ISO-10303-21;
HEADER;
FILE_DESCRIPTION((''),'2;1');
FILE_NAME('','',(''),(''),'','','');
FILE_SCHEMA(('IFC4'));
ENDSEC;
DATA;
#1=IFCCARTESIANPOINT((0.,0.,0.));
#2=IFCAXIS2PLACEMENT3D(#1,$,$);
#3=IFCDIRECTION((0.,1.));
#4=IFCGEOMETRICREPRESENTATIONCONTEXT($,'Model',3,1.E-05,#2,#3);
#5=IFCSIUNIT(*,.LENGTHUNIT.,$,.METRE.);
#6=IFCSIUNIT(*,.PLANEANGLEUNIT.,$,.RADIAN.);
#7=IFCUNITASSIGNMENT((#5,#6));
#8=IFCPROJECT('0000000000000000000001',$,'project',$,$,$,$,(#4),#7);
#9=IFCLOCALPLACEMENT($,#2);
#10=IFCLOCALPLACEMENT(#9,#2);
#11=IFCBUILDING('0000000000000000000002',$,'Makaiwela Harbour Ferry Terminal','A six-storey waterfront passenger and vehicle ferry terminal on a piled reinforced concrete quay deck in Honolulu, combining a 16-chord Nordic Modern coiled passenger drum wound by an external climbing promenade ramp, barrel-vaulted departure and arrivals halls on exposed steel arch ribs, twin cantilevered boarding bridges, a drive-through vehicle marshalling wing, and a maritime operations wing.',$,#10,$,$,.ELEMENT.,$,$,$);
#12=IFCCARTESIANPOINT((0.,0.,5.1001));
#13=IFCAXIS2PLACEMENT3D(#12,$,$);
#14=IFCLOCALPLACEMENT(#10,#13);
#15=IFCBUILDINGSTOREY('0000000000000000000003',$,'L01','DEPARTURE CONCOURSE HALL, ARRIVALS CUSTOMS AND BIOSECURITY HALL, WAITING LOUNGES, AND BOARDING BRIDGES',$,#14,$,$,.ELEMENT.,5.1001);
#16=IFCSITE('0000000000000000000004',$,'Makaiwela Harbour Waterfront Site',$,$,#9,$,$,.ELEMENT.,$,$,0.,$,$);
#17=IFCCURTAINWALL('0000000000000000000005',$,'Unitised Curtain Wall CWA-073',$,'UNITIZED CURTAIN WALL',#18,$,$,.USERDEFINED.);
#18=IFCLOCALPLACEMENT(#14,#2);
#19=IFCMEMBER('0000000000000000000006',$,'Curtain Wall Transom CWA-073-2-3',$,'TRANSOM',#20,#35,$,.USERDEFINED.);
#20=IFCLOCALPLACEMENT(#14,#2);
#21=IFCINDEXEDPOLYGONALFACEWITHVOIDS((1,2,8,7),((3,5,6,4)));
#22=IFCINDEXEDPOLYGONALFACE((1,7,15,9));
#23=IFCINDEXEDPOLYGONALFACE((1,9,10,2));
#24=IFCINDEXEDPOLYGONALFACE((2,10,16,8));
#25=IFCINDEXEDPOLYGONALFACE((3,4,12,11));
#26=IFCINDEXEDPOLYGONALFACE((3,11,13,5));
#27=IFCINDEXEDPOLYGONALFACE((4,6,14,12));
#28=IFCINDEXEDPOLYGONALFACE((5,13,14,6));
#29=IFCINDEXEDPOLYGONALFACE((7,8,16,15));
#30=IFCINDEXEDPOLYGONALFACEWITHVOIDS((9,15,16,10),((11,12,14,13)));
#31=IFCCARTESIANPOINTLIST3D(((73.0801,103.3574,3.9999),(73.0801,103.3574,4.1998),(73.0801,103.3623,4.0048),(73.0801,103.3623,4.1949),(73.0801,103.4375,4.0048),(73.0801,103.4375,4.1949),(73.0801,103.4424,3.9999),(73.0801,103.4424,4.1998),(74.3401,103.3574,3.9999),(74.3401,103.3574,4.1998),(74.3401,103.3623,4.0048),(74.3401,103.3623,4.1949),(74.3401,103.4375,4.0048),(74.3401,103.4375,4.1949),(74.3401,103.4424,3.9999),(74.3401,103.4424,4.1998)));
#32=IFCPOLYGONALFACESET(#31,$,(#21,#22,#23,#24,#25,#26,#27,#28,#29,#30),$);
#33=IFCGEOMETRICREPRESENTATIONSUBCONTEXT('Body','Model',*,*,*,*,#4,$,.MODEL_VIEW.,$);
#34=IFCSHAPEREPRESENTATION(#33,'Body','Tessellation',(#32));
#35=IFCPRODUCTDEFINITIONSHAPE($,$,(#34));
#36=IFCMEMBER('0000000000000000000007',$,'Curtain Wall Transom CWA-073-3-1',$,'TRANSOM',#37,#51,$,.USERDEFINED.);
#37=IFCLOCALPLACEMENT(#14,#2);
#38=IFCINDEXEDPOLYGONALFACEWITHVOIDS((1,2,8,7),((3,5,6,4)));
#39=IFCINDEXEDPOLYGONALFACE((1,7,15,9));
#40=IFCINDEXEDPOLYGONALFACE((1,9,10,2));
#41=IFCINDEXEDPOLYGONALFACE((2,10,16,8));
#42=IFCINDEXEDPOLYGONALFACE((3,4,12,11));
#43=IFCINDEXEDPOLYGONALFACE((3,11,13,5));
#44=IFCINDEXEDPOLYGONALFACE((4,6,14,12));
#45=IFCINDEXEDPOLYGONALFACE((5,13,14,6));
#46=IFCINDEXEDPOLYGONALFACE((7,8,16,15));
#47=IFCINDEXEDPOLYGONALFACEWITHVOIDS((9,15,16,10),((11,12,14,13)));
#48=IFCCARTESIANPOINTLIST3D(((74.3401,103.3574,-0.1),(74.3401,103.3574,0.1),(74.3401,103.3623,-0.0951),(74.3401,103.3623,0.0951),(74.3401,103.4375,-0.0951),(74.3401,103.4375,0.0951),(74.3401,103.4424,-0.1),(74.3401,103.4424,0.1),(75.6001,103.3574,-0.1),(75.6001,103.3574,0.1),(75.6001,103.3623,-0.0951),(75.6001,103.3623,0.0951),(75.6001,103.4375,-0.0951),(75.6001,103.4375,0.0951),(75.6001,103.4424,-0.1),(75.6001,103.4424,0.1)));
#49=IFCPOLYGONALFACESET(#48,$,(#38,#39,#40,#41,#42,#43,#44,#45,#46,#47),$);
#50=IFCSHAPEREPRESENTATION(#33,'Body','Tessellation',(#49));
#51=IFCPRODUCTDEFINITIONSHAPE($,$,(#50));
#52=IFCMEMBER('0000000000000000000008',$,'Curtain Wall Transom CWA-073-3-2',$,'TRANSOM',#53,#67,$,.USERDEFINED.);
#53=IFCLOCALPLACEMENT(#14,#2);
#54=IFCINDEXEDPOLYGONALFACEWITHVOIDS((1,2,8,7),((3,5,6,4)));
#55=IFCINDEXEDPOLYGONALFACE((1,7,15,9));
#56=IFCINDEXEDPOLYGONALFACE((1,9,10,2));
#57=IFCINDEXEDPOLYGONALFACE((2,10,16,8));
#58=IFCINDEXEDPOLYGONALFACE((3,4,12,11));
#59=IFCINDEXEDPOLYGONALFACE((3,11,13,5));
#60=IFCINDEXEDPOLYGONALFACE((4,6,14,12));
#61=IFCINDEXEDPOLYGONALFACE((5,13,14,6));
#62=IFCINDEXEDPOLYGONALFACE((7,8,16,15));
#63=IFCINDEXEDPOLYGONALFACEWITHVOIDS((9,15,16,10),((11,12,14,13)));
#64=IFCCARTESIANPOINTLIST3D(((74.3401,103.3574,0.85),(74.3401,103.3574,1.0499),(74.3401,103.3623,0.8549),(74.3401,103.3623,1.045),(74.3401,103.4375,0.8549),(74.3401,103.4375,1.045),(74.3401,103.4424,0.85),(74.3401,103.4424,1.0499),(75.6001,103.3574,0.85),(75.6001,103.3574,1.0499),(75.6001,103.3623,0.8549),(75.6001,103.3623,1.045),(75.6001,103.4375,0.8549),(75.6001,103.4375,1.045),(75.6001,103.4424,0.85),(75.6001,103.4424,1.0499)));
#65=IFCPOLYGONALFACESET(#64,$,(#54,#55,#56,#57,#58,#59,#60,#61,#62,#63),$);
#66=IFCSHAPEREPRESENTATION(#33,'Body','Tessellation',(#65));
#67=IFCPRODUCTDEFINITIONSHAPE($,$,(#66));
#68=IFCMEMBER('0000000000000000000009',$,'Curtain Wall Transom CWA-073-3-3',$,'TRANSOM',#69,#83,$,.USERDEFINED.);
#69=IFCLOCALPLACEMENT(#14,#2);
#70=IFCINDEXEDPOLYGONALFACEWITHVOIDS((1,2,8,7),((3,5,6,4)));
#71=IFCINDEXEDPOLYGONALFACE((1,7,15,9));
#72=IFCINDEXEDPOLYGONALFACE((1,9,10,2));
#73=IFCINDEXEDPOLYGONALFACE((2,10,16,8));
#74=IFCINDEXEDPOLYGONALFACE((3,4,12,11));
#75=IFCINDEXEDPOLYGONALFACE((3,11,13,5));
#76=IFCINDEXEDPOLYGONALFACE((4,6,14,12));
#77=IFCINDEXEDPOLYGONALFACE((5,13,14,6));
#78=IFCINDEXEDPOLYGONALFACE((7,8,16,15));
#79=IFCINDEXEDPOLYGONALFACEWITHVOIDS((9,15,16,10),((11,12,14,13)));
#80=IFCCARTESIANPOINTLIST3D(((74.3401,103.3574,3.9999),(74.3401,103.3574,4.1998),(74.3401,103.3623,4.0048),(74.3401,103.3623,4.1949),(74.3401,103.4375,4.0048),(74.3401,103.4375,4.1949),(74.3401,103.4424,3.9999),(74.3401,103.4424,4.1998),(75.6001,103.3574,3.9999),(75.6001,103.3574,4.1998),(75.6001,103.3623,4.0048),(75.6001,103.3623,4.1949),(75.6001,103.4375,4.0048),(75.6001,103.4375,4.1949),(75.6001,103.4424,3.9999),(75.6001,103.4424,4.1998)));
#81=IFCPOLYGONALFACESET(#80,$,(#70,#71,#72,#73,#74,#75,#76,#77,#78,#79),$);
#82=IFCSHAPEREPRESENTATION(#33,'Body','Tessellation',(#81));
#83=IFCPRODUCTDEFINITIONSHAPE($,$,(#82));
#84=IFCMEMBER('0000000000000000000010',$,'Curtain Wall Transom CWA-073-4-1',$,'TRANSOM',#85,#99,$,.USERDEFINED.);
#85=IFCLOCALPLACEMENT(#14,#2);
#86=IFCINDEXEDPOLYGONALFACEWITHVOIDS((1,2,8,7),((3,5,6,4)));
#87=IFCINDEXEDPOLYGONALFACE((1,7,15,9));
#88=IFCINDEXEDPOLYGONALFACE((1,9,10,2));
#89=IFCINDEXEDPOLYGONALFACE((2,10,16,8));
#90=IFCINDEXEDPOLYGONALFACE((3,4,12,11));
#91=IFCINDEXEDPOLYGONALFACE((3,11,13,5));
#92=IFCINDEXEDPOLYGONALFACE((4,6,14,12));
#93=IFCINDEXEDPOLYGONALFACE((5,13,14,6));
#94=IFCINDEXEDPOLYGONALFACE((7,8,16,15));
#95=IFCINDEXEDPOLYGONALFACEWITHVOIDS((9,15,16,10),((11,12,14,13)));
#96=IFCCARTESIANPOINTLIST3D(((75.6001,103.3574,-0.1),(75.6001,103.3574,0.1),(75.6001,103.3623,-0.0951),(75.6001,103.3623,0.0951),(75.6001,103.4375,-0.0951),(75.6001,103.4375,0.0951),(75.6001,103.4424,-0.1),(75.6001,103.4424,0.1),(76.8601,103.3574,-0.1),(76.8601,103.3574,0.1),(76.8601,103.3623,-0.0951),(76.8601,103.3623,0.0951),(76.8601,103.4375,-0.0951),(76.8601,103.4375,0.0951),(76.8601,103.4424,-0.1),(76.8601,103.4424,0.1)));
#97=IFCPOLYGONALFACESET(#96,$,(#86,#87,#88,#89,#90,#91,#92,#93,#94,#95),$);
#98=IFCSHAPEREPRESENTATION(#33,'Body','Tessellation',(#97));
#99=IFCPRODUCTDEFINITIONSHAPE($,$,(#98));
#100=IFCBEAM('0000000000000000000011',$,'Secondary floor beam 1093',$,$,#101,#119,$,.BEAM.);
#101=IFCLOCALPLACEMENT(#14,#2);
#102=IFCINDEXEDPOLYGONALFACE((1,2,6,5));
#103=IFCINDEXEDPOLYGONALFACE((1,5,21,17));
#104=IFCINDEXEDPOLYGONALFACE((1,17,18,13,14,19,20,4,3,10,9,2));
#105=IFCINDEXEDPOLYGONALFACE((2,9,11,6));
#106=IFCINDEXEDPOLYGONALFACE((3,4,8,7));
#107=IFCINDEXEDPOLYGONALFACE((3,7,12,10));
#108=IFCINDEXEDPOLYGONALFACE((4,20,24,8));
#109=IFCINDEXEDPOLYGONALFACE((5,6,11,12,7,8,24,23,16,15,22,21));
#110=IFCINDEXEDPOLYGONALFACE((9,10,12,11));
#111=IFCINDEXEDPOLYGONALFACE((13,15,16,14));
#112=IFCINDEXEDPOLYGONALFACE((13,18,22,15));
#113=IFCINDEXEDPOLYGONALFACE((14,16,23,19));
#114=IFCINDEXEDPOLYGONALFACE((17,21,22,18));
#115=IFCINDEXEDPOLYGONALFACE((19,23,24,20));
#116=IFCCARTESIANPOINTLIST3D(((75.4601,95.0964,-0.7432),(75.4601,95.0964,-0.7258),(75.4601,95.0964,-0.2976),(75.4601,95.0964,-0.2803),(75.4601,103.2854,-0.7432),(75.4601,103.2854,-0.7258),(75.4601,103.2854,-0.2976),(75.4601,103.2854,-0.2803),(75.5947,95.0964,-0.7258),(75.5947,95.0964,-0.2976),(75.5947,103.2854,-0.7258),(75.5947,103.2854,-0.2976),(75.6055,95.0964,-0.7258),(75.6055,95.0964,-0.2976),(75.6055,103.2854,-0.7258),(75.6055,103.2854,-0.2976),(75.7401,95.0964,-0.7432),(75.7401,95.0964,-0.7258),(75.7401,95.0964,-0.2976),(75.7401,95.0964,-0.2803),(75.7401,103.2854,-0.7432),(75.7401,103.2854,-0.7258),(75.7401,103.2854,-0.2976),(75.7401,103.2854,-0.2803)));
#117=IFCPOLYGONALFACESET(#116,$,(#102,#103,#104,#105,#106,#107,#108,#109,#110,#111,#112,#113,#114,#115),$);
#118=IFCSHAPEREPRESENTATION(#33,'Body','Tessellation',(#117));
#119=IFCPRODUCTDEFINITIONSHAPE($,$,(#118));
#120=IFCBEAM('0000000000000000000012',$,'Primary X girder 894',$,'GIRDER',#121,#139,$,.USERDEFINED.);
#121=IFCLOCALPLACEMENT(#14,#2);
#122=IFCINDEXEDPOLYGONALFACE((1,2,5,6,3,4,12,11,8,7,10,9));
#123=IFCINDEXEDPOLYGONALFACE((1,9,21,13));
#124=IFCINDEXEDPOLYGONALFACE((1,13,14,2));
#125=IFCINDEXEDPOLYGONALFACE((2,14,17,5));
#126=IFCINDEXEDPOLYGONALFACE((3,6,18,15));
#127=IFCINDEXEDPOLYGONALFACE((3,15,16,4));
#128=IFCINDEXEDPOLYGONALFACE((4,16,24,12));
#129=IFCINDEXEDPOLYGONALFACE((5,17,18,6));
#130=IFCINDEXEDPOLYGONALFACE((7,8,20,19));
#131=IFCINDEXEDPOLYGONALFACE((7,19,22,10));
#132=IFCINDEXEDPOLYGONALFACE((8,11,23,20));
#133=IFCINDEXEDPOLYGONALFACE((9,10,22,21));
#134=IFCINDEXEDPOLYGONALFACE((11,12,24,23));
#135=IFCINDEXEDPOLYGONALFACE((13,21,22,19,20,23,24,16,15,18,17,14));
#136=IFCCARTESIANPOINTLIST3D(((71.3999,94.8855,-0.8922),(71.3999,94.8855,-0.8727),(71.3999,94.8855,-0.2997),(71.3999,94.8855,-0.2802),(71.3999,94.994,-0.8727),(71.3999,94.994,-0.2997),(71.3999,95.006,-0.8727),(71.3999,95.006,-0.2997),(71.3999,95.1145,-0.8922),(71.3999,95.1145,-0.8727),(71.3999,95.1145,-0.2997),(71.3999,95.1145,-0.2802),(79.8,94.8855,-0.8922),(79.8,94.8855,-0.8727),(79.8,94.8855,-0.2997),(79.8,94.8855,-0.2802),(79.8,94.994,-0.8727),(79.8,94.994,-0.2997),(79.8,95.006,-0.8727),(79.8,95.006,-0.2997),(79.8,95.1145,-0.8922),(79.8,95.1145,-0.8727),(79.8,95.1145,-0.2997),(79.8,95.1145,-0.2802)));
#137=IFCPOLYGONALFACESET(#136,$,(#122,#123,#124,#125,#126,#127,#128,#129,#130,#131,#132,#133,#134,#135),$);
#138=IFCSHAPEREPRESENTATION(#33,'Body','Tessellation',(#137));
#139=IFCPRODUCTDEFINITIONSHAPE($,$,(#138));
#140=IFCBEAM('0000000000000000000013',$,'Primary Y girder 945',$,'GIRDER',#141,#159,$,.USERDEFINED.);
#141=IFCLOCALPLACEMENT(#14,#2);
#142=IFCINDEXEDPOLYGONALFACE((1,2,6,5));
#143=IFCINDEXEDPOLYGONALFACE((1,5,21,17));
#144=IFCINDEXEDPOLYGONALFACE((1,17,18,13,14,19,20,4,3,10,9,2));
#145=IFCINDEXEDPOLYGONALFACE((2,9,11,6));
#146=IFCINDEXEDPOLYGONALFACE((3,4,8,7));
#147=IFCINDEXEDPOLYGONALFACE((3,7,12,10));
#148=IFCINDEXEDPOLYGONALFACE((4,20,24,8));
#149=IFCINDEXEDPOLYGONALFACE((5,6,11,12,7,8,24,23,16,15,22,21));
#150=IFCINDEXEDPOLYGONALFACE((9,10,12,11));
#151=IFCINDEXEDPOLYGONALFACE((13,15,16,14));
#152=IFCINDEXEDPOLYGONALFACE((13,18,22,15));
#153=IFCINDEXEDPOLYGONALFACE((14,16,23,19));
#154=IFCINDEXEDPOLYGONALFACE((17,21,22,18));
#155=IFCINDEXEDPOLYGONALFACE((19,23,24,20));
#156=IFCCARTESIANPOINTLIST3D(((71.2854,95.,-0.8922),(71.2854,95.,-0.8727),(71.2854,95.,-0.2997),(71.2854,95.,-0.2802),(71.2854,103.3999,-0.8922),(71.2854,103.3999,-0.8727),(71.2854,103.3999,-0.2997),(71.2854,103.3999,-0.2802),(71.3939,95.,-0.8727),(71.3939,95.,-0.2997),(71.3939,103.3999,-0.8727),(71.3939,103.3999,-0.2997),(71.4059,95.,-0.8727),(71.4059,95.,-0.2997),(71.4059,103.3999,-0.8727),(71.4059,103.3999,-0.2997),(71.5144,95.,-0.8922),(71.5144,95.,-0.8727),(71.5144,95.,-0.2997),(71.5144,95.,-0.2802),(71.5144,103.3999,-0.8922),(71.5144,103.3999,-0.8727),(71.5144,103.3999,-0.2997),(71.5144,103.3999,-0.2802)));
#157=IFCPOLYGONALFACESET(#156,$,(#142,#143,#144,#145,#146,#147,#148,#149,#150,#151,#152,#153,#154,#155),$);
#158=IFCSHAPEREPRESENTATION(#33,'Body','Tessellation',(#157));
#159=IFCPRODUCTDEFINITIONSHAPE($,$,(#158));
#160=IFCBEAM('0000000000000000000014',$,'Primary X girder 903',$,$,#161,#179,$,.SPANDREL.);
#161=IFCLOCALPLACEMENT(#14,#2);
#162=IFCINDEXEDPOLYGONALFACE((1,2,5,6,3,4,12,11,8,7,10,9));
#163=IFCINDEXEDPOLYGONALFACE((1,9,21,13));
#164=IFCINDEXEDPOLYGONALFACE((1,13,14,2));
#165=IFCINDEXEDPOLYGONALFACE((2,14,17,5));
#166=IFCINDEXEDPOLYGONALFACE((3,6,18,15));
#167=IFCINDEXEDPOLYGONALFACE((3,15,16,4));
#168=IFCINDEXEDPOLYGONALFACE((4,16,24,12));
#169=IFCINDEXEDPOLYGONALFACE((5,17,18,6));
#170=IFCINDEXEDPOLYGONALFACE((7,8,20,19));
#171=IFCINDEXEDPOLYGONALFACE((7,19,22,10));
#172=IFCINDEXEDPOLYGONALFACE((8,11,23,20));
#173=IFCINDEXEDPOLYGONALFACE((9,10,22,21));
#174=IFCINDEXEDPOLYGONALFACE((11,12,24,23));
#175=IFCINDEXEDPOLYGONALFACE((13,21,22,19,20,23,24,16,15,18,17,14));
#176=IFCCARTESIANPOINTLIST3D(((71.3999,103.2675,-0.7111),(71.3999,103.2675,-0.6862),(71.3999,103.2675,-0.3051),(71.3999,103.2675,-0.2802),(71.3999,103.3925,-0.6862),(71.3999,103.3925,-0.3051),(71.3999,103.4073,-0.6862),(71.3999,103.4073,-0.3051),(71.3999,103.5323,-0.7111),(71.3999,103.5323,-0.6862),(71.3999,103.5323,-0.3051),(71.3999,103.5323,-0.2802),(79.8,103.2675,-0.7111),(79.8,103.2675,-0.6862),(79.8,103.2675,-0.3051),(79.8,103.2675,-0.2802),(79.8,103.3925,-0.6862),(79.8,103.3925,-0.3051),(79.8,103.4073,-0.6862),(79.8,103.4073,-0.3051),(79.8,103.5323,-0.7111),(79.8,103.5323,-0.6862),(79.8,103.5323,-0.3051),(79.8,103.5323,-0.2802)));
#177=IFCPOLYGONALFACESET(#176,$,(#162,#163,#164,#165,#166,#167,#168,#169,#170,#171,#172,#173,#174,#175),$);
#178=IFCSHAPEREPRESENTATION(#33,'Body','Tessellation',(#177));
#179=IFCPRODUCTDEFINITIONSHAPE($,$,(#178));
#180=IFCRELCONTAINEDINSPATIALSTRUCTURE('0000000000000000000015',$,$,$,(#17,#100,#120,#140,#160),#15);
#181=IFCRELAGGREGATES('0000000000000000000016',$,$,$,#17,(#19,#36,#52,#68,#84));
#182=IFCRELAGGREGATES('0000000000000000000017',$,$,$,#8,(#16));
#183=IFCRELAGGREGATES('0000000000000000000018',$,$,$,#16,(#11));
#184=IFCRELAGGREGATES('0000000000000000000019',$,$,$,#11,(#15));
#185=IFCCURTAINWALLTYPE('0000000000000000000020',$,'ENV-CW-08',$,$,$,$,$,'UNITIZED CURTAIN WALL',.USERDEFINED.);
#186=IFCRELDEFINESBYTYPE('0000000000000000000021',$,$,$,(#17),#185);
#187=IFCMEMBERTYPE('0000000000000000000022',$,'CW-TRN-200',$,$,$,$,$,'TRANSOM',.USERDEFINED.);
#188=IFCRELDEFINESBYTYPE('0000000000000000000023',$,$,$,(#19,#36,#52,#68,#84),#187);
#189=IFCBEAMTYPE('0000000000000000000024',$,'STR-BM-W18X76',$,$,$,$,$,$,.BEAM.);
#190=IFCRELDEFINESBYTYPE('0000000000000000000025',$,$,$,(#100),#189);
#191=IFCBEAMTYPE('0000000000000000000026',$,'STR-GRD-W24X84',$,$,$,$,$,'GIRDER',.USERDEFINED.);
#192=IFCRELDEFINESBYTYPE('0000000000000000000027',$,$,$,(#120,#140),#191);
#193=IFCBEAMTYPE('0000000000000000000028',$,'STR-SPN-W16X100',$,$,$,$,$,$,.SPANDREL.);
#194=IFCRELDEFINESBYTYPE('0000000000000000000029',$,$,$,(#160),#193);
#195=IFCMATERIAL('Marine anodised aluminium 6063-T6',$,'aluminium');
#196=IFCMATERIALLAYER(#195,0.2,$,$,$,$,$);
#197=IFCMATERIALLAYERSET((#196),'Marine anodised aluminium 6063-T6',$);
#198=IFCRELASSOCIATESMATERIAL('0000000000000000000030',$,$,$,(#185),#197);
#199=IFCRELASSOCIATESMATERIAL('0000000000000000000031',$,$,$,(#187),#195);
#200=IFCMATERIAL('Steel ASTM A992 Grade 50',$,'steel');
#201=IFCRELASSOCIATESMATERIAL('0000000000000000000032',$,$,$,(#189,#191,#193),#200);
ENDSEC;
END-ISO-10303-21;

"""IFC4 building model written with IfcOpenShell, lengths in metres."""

from ifc_helpers import new_model, si_unit, direction, frame, origin, origin_2d, place, context, subcontext, project, spatial, hollow_rectangle, i_section, extrude, material, layer, layer_set, material_profile, profile_set, type_object, element, aggregate, save


model = new_model("IFC4")

# Units and contexts
model_context = context("Model", 3, precision=1e-05, world=origin(), true_north=direction((0.0, 1.0)))
body_context = subcontext(model_context, "Body", "Model", "MODEL_VIEW")
ifc_project = project(units=[si_unit("LENGTHUNIT", "METRE"), si_unit("PLANEANGLEUNIT", "RADIAN")], contexts=[model_context])

# Site, building, storey
site_placement = place(None, origin())
site = spatial("IfcSite", under=ifc_project, at=site_placement, Name="Makaiwela Harbour Waterfront Site", CompositionType="ELEMENT", RefElevation=0.0)
building_placement = place(site_placement, origin())
building = spatial("IfcBuilding", under=site, at=building_placement, Name="Makaiwela Harbour Ferry Terminal", Description="A six-storey waterfront passenger and vehicle ferry terminal on a piled reinforced concrete quay deck in Honolulu, combining a 16-chord Nordic Modern coiled passenger drum wound by an external climbing promenade ramp, barrel-vaulted departure and arrivals halls on exposed steel arch ribs, twin cantilevered boarding bridges, a drive-through vehicle marshalling wing, and a maritime operations wing.", CompositionType="ELEMENT")
storey_placement = place(building_placement, frame((0.0, 0.0, 5.1001)))
storey = spatial("IfcBuildingStorey", under=building, at=storey_placement, Name="L01", Description="DEPARTURE CONCOURSE HALL, ARRIVALS CUSTOMS AND BIOSECURITY HALL, WAITING LOUNGES, AND BOARDING BRIDGES", CompositionType="ELEMENT", Elevation=5.1001)

# Shared definitions
ifc_material_1 = material(Name="Steel ASTM A992 Grade 50", Category="steel")

# Curtain wall, members
ifc_material_2 = material(Name="Marine anodised aluminium 6063-T6", Category="aluminium")
ifc_layer_1 = layer(ifc_material_2, 0.2)
ifc_layer_set_1 = layer_set([ifc_layer_1], Name="Marine anodised aluminium 6063-T6")
curtain_wall_type = type_object("IfcCurtainWallType", Name="ENV-CW-08", ElementType="UNITIZED CURTAIN WALL", PredefinedType="USERDEFINED", material=ifc_layer_set_1)
curtain_wall_placement = place(storey_placement, origin())
curtain_wall = element("IfcCurtainWall", 1, at=curtain_wall_placement, inside=storey, type_object=curtain_wall_type, Name="Unitised Curtain Wall CWA-073", ObjectType="UNITIZED CURTAIN WALL", PredefinedType="USERDEFINED")
ifc_material_profile_1 = material_profile(ifc_material_2, hollow_rectangle(XDim=0.085, YDim=0.2, WallThickness=0.0049, at=origin_2d()), Name="CWT-200X85")
ifc_profile_set_1 = profile_set([ifc_material_profile_1], Name="Marine anodised aluminium 6063-T6")
member_type_1 = type_object("IfcMemberType", Name="CW-TRN-200", ElementType="TRANSOM", PredefinedType="USERDEFINED", material=ifc_profile_set_1)
member_1_placement = place(storey_placement, frame((73.0801, 103.3999, 4.0999), z_axis=(1.0, 0.0, 0.0), x_axis=(0.0, 1.0, 0.0)))
member_1 = element("IfcMember", 2, at=member_1_placement, type_object=member_type_1, Name="Curtain Wall Transom CWA-073-2-3", ObjectType="TRANSOM", PredefinedType="USERDEFINED", context=body_context, shape_type="SweptSolid", body=[
    extrude(hollow_rectangle(XDim=0.085, YDim=0.2, WallThickness=0.0049, at=origin_2d()), origin(), (0.0, 0.0, 1.0), 1.26),
])
member_2_placement = place(storey_placement, frame((74.3401, 103.3999, 0.0), z_axis=(1.0, 0.0, 0.0), x_axis=(0.0, 1.0, 0.0)))
member_2 = element("IfcMember", 3, at=member_2_placement, type_object=member_type_1, Name="Curtain Wall Transom CWA-073-3-1", ObjectType="TRANSOM", PredefinedType="USERDEFINED", context=body_context, shape_type="SweptSolid", body=[
    extrude(hollow_rectangle(XDim=0.085, YDim=0.2, WallThickness=0.0049, at=origin_2d()), origin(), (0.0, 0.0, 1.0), 1.26),
])
member_3_placement = place(storey_placement, frame((74.3401, 103.3999, 0.95), z_axis=(1.0, 0.0, 0.0), x_axis=(0.0, 1.0, 0.0)))
member_3 = element("IfcMember", 4, at=member_3_placement, type_object=member_type_1, Name="Curtain Wall Transom CWA-073-3-2", ObjectType="TRANSOM", PredefinedType="USERDEFINED", context=body_context, shape_type="SweptSolid", body=[
    extrude(hollow_rectangle(XDim=0.085, YDim=0.2, WallThickness=0.0049, at=origin_2d()), origin(), (0.0, 0.0, 1.0), 1.26),
])
member_4_placement = place(storey_placement, frame((74.3401, 103.3999, 4.0999), z_axis=(1.0, 0.0, 0.0), x_axis=(0.0, 1.0, 0.0)))
member_4 = element("IfcMember", 5, at=member_4_placement, type_object=member_type_1, Name="Curtain Wall Transom CWA-073-3-3", ObjectType="TRANSOM", PredefinedType="USERDEFINED", context=body_context, shape_type="SweptSolid", body=[
    extrude(hollow_rectangle(XDim=0.085, YDim=0.2, WallThickness=0.0049, at=origin_2d()), origin(), (0.0, 0.0, 1.0), 1.26),
])
member_5_placement = place(storey_placement, frame((75.6001, 103.3999, 0.0), z_axis=(1.0, 0.0, 0.0), x_axis=(0.0, 1.0, 0.0)))
member_5 = element("IfcMember", 6, at=member_5_placement, type_object=member_type_1, Name="Curtain Wall Transom CWA-073-4-1", ObjectType="TRANSOM", PredefinedType="USERDEFINED", context=body_context, shape_type="SweptSolid", body=[
    extrude(hollow_rectangle(XDim=0.085, YDim=0.2, WallThickness=0.0049, at=origin_2d()), origin(), (0.0, 0.0, 1.0), 1.26),
])

# Beams
ifc_material_profile_2 = material_profile(ifc_material_1, i_section(OverallWidth=0.28, OverallDepth=0.4629, WebThickness=0.0107, FlangeThickness=0.0173, at=origin_2d()), Name="W18X76")
ifc_profile_set_2 = profile_set([ifc_material_profile_2], Name="Steel ASTM A992 Grade 50")
beam_type_1 = type_object("IfcBeamType", Name="STR-BM-W18X76", PredefinedType="BEAM", material=ifc_profile_set_2)
beam_1_placement = place(storey_placement, frame((75.6001, 95.0964, -0.5117), z_axis=(0.0, 1.0, 0.0), x_axis=(-1.0, 0.0, 0.0)))
element("IfcBeam", 7, at=beam_1_placement, inside=storey, type_object=beam_type_1, Name="Secondary floor beam 1093", PredefinedType="BEAM", context=body_context, shape_type="SweptSolid", body=[
    extrude(i_section(OverallWidth=0.28, OverallDepth=0.4629, WebThickness=0.0107, FlangeThickness=0.0173, at=origin_2d()), origin(), (0.0, 0.0, 1.0), 8.189),
])
ifc_material_profile_3 = material_profile(ifc_material_1, i_section(OverallWidth=0.229, OverallDepth=0.6121, WebThickness=0.012, FlangeThickness=0.0195, at=origin_2d()), Name="W24X84")
ifc_profile_set_3 = profile_set([ifc_material_profile_3], Name="Steel ASTM A992 Grade 50")
beam_type_2 = type_object("IfcBeamType", Name="STR-GRD-W24X84", ElementType="GIRDER", PredefinedType="USERDEFINED", material=ifc_profile_set_3)
beam_2_placement = place(storey_placement, frame((71.3999, 95.0, -0.5862), z_axis=(1.0, 0.0, 0.0), x_axis=(0.0, 1.0, 0.0)))
element("IfcBeam", 8, at=beam_2_placement, inside=storey, type_object=beam_type_2, Name="Primary X girder 894", ObjectType="GIRDER", PredefinedType="USERDEFINED", context=body_context, shape_type="SweptSolid", body=[
    extrude(i_section(OverallWidth=0.229, OverallDepth=0.6121, WebThickness=0.012, FlangeThickness=0.0195, at=origin_2d()), origin(), (0.0, 0.0, 1.0), 8.4001),
])
beam_3_placement = place(storey_placement, frame((71.3999, 95.0, -0.5862), z_axis=(0.0, 1.0, 0.0), x_axis=(-1.0, 0.0, 0.0)))
element("IfcBeam", 9, at=beam_3_placement, inside=storey, type_object=beam_type_2, Name="Primary Y girder 945", ObjectType="GIRDER", PredefinedType="USERDEFINED", context=body_context, shape_type="SweptSolid", body=[
    extrude(i_section(OverallWidth=0.229, OverallDepth=0.6121, WebThickness=0.012, FlangeThickness=0.0195, at=origin_2d()), origin(), (0.0, 0.0, 1.0), 8.3999),
])
ifc_material_profile_4 = material_profile(ifc_material_1, i_section(OverallWidth=0.2649, OverallDepth=0.4309, WebThickness=0.0149, FlangeThickness=0.0249, at=origin_2d()), Name="W16X100")
ifc_profile_set_4 = profile_set([ifc_material_profile_4], Name="Steel ASTM A992 Grade 50")
beam_type_3 = type_object("IfcBeamType", Name="STR-SPN-W16X100", PredefinedType="SPANDREL", material=ifc_profile_set_4)
beam_4_placement = place(storey_placement, frame((71.3999, 103.3999, -0.4956), z_axis=(1.0, 0.0, 0.0), x_axis=(0.0, 1.0, 0.0)))
element("IfcBeam", 10, at=beam_4_placement, inside=storey, type_object=beam_type_3, Name="Primary X girder 903", PredefinedType="SPANDREL", context=body_context, shape_type="SweptSolid", body=[
    extrude(i_section(OverallWidth=0.2649, OverallDepth=0.4309, WebThickness=0.0149, FlangeThickness=0.0249, at=origin_2d()), origin(), (0.0, 0.0, 1.0), 8.4001),
])

aggregate(curtain_wall, [member_1, member_2, member_3, member_4, member_5])

save(model, "model.ifc")
